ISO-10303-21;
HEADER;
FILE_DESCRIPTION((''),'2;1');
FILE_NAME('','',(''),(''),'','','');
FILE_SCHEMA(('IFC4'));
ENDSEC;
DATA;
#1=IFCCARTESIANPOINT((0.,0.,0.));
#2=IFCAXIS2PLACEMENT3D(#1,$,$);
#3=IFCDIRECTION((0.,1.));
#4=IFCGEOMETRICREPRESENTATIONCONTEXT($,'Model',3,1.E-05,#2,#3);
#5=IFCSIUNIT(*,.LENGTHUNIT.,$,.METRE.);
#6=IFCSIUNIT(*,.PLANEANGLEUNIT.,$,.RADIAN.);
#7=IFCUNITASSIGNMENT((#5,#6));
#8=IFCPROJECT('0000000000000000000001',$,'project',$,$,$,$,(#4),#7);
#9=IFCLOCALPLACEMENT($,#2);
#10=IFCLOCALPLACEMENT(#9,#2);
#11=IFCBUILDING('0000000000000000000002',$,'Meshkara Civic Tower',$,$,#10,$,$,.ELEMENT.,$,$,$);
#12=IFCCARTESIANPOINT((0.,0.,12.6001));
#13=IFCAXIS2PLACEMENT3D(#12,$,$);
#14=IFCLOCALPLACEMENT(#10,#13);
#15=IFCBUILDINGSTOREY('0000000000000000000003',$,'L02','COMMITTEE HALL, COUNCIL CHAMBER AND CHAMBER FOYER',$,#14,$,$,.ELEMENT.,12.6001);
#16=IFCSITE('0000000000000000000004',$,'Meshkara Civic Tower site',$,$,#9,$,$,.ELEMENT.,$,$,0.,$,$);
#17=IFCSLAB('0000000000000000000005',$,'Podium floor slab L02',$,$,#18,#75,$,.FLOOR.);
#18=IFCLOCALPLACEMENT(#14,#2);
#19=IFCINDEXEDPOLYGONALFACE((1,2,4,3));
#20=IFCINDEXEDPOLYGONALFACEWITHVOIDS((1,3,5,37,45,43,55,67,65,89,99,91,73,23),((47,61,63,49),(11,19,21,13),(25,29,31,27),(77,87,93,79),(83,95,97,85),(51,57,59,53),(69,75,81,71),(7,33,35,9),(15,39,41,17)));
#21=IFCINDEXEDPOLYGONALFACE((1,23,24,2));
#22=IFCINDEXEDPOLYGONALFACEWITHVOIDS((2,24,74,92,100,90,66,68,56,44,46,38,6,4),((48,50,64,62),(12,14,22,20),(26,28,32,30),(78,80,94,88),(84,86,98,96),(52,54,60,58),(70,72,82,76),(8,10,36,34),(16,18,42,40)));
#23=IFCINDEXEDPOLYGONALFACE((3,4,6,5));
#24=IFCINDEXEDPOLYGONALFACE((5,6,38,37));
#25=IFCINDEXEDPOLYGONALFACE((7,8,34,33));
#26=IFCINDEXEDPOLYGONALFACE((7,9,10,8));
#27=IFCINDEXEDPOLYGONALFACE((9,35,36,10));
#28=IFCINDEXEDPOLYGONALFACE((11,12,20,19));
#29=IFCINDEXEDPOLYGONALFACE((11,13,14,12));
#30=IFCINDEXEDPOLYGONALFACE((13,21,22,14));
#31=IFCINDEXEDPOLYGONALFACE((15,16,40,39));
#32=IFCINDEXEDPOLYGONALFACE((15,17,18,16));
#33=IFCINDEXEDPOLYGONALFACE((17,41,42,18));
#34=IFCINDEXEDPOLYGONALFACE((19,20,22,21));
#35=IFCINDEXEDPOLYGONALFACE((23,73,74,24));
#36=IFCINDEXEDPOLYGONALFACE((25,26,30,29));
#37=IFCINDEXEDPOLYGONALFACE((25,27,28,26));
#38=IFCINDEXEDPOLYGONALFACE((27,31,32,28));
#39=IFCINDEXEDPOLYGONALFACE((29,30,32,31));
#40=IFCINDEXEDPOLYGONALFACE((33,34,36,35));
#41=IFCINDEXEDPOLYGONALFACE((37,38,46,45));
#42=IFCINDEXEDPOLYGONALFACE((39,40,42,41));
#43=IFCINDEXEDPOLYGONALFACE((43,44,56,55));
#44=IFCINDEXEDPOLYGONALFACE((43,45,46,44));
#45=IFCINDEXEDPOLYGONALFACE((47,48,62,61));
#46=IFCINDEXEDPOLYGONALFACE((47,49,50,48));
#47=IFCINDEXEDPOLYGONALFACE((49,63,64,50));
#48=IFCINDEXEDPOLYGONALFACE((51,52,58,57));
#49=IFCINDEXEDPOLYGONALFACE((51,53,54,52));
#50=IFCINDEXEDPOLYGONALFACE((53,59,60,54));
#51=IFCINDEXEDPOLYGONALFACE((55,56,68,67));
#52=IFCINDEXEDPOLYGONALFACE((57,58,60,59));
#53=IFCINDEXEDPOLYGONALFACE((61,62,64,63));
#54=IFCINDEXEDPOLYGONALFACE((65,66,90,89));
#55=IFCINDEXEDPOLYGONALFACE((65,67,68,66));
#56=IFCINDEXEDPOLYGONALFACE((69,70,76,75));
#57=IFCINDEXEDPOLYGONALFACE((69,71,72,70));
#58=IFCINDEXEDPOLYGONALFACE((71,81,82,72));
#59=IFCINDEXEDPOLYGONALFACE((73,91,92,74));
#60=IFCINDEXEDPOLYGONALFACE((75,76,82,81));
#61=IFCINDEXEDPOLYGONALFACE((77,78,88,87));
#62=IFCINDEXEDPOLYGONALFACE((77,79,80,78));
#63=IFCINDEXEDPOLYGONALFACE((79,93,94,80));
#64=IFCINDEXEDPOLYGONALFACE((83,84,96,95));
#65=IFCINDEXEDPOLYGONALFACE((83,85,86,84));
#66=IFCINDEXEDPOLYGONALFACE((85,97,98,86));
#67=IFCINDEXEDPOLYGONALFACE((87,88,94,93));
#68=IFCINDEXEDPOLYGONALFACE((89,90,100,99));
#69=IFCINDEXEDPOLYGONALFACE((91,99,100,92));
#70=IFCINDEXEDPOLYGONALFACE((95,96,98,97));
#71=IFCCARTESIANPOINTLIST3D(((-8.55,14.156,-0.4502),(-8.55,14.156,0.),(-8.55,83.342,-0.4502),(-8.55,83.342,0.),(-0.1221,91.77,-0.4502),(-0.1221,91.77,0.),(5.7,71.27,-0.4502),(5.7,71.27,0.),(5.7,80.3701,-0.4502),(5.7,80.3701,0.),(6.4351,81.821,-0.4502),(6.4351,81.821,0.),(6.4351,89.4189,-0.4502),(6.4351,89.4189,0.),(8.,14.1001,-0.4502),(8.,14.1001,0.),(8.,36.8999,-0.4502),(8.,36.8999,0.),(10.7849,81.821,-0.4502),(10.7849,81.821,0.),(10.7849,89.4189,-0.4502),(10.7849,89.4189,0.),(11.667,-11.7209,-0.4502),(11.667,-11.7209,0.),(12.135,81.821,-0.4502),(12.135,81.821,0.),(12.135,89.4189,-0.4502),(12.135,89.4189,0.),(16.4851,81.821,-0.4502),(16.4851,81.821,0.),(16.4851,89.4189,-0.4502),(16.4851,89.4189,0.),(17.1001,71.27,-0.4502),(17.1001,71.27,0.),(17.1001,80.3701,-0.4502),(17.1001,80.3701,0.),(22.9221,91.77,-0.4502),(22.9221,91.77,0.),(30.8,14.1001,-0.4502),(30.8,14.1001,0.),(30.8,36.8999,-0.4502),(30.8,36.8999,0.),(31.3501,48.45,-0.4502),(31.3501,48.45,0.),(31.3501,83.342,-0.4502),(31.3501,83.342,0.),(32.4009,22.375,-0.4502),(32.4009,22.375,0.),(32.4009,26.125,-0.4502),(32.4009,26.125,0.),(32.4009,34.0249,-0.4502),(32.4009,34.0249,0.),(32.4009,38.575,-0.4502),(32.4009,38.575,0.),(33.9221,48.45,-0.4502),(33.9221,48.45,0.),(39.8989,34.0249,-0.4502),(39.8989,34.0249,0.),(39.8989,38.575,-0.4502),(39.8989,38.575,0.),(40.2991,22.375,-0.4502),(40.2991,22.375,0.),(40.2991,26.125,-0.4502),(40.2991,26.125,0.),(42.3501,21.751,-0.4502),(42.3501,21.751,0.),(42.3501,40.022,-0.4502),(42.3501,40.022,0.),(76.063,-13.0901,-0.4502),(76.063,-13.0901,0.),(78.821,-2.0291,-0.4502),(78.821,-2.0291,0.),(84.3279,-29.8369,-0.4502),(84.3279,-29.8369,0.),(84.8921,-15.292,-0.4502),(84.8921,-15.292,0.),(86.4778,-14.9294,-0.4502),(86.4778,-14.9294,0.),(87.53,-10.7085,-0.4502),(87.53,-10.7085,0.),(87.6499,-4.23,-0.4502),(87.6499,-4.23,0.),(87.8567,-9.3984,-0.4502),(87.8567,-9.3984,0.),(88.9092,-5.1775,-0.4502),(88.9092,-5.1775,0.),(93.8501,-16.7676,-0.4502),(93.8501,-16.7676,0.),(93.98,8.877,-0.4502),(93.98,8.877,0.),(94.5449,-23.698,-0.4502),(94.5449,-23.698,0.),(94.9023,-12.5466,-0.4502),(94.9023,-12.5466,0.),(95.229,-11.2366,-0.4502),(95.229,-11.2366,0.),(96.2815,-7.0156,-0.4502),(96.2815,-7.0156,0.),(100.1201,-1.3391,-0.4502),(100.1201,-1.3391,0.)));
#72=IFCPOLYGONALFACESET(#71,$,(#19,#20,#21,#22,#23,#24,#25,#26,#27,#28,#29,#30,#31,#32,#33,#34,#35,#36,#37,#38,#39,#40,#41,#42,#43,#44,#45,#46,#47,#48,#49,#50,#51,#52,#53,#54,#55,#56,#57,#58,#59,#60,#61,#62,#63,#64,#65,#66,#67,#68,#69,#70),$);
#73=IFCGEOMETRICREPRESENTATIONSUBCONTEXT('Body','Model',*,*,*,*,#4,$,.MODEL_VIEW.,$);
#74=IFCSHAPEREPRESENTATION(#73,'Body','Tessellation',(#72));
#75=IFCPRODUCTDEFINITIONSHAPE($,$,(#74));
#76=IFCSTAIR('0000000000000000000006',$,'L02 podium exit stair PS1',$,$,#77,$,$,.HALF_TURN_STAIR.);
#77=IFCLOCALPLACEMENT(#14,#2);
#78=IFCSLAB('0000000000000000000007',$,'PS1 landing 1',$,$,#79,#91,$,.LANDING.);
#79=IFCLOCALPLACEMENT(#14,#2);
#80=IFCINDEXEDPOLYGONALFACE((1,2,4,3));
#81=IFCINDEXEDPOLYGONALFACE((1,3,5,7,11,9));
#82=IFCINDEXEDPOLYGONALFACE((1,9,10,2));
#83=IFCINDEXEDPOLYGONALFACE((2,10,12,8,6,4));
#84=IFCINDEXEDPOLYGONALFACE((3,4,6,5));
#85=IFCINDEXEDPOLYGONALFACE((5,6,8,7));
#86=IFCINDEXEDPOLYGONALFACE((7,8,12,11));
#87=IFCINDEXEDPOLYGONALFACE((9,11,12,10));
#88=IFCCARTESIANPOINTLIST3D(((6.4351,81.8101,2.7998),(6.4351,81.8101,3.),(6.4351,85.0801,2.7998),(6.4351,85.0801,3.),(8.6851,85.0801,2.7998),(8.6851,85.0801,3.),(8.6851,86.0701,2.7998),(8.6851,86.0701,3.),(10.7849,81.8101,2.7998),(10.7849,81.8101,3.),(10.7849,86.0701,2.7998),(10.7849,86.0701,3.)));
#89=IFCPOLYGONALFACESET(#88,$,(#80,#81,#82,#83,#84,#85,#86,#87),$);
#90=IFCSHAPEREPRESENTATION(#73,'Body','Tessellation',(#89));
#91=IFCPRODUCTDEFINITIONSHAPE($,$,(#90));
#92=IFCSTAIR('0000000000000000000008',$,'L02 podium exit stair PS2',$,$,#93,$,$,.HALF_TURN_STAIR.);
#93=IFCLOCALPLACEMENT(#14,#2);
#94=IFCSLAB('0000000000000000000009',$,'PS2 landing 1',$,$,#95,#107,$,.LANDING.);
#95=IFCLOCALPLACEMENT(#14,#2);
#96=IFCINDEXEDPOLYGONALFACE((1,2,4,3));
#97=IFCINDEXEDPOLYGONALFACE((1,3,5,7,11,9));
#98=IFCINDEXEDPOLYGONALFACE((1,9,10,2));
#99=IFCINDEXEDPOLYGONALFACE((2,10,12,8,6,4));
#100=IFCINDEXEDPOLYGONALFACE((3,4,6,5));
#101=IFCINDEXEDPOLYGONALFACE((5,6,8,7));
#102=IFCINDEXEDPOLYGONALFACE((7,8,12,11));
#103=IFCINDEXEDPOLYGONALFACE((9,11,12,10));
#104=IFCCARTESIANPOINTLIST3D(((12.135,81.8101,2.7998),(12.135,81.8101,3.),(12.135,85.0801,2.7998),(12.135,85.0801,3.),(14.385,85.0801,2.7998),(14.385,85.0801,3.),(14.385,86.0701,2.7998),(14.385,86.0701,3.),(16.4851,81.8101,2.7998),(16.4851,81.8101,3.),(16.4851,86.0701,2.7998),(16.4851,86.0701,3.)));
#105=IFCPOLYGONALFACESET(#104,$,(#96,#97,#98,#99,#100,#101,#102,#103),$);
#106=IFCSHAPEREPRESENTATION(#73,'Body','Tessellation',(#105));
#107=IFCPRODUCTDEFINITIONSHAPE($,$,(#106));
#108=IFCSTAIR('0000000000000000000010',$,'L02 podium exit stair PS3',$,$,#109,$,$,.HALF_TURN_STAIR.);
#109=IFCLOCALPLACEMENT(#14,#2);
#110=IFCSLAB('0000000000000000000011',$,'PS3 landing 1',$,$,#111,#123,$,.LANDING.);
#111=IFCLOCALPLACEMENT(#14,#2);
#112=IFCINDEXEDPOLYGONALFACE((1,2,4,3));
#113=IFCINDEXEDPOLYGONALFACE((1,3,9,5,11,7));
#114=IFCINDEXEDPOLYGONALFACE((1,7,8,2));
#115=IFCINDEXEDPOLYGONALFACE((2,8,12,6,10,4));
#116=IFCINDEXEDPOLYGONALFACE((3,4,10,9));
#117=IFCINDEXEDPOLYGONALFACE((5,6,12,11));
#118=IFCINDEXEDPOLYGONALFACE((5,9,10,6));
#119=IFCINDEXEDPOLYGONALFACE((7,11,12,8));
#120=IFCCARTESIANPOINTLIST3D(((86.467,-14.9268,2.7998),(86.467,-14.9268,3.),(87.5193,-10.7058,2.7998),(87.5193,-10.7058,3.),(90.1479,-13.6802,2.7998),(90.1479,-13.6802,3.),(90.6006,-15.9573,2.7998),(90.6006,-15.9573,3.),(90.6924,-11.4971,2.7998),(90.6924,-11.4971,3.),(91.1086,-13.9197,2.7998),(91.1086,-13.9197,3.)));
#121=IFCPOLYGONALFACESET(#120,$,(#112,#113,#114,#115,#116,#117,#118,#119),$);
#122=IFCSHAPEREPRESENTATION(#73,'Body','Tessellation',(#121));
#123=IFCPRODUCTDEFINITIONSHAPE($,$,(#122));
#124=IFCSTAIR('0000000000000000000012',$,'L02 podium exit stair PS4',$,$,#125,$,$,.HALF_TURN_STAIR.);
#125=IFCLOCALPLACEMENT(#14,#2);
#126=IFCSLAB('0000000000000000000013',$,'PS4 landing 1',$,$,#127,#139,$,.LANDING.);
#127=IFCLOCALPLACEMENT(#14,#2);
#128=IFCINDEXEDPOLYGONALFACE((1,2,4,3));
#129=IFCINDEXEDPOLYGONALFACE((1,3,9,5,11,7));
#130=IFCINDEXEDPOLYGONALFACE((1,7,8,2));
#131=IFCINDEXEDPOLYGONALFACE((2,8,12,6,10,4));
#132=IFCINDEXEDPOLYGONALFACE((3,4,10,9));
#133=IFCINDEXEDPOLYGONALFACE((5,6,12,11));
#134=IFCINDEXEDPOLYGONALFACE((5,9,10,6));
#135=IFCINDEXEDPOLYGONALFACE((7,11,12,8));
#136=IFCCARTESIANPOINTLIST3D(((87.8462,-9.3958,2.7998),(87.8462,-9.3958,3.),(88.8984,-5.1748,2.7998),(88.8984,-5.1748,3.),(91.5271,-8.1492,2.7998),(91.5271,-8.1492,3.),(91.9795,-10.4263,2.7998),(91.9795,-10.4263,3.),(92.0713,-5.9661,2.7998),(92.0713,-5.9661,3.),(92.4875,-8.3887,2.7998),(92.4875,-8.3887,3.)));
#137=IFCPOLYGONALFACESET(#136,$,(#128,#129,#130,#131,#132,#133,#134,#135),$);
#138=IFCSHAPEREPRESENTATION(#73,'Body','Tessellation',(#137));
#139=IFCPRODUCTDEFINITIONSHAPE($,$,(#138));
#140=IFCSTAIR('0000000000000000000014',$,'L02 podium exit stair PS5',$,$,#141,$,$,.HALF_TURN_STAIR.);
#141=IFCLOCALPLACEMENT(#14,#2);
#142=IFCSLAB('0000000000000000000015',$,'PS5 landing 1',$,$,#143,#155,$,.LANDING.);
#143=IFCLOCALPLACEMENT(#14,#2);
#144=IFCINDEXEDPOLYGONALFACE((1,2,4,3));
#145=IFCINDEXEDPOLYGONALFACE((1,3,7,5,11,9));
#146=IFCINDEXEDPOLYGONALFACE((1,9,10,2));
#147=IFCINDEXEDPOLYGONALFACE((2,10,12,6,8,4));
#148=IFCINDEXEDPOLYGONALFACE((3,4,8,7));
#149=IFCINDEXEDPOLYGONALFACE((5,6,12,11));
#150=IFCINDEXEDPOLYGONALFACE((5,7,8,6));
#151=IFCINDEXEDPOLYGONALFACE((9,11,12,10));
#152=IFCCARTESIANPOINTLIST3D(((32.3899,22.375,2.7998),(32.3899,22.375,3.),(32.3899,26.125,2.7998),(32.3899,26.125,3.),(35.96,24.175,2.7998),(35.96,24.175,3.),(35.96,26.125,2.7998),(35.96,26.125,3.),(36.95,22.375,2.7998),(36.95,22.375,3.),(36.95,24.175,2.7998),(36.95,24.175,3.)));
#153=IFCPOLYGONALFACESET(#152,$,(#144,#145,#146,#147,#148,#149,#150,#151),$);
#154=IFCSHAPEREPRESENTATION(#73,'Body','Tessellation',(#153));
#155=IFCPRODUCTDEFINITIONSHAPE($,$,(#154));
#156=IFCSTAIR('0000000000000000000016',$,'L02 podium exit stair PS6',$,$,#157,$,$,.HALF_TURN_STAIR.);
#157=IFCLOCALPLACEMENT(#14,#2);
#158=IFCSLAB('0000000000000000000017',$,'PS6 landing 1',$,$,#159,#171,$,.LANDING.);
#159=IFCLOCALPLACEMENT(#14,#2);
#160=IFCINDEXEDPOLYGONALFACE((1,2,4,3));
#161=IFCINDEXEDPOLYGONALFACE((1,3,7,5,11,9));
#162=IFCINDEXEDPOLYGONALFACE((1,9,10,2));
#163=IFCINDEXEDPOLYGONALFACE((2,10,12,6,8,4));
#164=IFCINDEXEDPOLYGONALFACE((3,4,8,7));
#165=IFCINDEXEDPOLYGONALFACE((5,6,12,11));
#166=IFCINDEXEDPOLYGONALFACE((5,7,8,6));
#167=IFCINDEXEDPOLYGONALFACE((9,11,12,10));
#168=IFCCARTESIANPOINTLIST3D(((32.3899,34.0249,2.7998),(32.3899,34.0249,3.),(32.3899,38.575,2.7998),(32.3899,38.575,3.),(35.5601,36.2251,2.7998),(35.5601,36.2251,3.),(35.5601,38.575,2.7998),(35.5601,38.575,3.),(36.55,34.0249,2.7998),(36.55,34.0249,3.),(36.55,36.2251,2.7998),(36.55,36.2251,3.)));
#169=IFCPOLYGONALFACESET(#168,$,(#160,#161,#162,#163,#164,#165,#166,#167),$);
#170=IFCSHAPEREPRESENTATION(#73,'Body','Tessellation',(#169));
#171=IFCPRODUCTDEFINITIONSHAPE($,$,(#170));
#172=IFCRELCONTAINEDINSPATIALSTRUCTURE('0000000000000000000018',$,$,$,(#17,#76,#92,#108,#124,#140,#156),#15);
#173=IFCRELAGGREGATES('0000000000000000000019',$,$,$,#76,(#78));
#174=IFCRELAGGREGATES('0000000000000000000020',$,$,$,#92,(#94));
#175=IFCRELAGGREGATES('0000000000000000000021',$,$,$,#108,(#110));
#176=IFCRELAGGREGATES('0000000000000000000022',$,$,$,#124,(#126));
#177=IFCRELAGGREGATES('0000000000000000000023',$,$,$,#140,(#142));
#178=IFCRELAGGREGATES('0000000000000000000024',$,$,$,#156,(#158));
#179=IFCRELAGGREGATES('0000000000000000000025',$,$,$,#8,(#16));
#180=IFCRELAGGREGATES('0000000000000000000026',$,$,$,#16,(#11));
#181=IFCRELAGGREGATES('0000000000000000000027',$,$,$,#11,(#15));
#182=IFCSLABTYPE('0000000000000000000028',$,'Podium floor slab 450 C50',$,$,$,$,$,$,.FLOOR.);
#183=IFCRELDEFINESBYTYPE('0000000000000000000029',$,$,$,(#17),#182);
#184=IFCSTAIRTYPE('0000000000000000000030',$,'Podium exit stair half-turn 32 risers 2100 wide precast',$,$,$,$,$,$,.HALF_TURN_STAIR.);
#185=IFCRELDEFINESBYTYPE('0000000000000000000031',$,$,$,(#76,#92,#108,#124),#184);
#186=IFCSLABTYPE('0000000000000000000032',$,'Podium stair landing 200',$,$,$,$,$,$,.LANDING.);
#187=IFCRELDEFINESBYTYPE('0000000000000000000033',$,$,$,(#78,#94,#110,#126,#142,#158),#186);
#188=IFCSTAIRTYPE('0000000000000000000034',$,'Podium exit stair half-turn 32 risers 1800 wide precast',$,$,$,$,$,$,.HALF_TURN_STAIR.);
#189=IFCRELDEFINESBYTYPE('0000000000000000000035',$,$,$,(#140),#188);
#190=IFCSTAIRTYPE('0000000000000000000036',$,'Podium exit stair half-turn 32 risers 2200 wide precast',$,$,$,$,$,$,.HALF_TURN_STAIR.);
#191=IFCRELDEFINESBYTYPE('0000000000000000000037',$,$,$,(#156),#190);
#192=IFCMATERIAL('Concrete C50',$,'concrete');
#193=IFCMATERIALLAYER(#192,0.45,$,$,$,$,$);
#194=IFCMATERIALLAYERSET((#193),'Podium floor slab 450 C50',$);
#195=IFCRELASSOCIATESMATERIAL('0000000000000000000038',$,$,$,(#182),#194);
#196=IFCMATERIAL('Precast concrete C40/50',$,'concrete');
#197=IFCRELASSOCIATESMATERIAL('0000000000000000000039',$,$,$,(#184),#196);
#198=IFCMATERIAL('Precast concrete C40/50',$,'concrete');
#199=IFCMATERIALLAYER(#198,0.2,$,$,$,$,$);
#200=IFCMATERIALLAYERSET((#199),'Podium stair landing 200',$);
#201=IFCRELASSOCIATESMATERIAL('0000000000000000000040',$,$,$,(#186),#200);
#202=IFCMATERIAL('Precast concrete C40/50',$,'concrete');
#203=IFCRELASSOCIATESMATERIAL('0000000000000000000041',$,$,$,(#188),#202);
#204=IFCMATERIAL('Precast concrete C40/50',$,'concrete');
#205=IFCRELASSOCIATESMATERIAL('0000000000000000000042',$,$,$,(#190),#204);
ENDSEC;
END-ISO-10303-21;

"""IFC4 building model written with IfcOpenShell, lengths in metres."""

from ifc_helpers import new_model, si_unit, direction, frame, origin, place, context, subcontext, project, spatial, polyline, outline, extrude, material, layer, layer_set, type_object, element, aggregate, save


model = new_model("IFC4")

# Units and contexts
model_context = context("Model", 3, precision=1e-05, world=origin(), true_north=direction((0.0, 1.0)))
body_context = subcontext(model_context, "Body", "Model", "MODEL_VIEW")
ifc_project = project(units=[si_unit("LENGTHUNIT", "METRE"), si_unit("PLANEANGLEUNIT", "RADIAN")], contexts=[model_context])

# Site, building, storey
site_placement = place(None, origin())
site = spatial("IfcSite", under=ifc_project, at=site_placement, Name="Meshkara Civic Tower site", CompositionType="ELEMENT", RefElevation=0.0)
building_placement = place(site_placement, origin())
building = spatial("IfcBuilding", under=site, at=building_placement, Name="Meshkara Civic Tower", CompositionType="ELEMENT")
storey_placement = place(building_placement, frame((0.0, 0.0, 12.6001)))
storey = spatial("IfcBuildingStorey", under=building, at=storey_placement, Name="L02", Description="COMMITTEE HALL, COUNCIL CHAMBER AND CHAMBER FOYER", CompositionType="ELEMENT", Elevation=12.6001)

# Slab
ifc_material_1 = material(Name="Concrete C50", Category="concrete")
ifc_layer_1 = layer(ifc_material_1, 0.45)
ifc_layer_set_1 = layer_set([ifc_layer_1], Name="Podium floor slab 450 C50")
slab_type_1 = type_object("IfcSlabType", Name="Podium floor slab 450 C50", PredefinedType="FLOOR", material=ifc_layer_set_1)
slab_1_placement = place(storey_placement, frame((0.0, 0.0, -0.4502)))
element("IfcSlab", 1, at=slab_1_placement, inside=storey, type_object=slab_type_1, Name="Podium floor slab L02", PredefinedType="FLOOR", context=body_context, shape_type="SweptSolid", body=[
    extrude(outline(polyline([(33.9221, 48.45), (42.3501, 40.022), (42.3501, 21.751), (93.98, 8.877), (100.1201, -1.3391), (94.5449, -23.698), (84.3279, -29.8369), (11.667, -11.7209), (-8.55, 14.156), (-8.55, 83.342), (-0.1221, 91.77), (22.9221, 91.77), (31.3501, 83.342), (31.3501, 48.45), (33.9221, 48.45)]), holes=[polyline([(30.8, 14.1001), (30.8, 36.8999), (8.0, 36.8999), (8.0, 14.1001), (30.8, 14.1001)]), polyline([(17.1001, 80.3701), (5.7, 80.3701), (5.7, 71.27), (17.1001, 71.27), (17.1001, 80.3701)]), polyline([(10.7849, 81.821), (10.7849, 89.4189), (6.4351, 89.4189), (6.4351, 81.821), (10.7849, 81.821)]), polyline([(16.4851, 81.821), (16.4851, 89.4189), (12.135, 89.4189), (12.135, 81.821), (16.4851, 81.821)]), polyline([(93.8501, -16.7676), (94.9023, -12.5466), (87.53, -10.7085), (86.4778, -14.9294), (93.8501, -16.7676)]), polyline([(78.821, -2.0291), (76.063, -13.0901), (84.8921, -15.292), (87.6499, -4.23), (78.821, -2.0291)]), polyline([(95.229, -11.2366), (96.2815, -7.0156), (88.9092, -5.1775), (87.8567, -9.3984), (95.229, -11.2366)]), polyline([(32.4009, 22.375), (40.2991, 22.375), (40.2991, 26.125), (32.4009, 26.125), (32.4009, 22.375)]), polyline([(32.4009, 34.0249), (39.8989, 34.0249), (39.8989, 38.575), (32.4009, 38.575), (32.4009, 34.0249)])]), origin(), (0.0, 0.0, 1.0), 0.4502),
])

# Stairs, slabs
ifc_material_2 = material(Name="Precast concrete C40/50", Category="concrete")
stair_type_1 = type_object("IfcStairType", Name="Podium exit stair half-turn 32 risers 2100 wide precast", PredefinedType="HALF_TURN_STAIR", material=ifc_material_2)
stair_1_placement = place(storey_placement, origin())
stair_1 = element("IfcStair", 2, at=stair_1_placement, inside=storey, type_object=stair_type_1, Name="L02 podium exit stair PS1", PredefinedType="HALF_TURN_STAIR")
ifc_material_3 = material(Name="Precast concrete C40/50", Category="concrete")
ifc_layer_2 = layer(ifc_material_3, 0.2)
ifc_layer_set_2 = layer_set([ifc_layer_2], Name="Podium stair landing 200")
slab_type_2 = type_object("IfcSlabType", Name="Podium stair landing 200", PredefinedType="LANDING", material=ifc_layer_set_2)
slab_2_placement = place(storey_placement, frame((0.0, 0.0, 2.7998)))
slab_2 = element("IfcSlab", 3, at=slab_2_placement, type_object=slab_type_2, Name="PS1 landing 1", PredefinedType="LANDING", context=body_context, shape_type="SweptSolid", body=[
    extrude(outline(polyline([(10.7849, 81.8101), (6.4351, 81.8101), (6.4351, 85.0801), (8.6851, 85.0801), (8.6851, 86.0701), (10.7849, 86.0701), (10.7849, 81.8101)])), origin(), (0.0, 0.0, 1.0), 0.2002),
])
aggregate(stair_1, [slab_2])
stair_2_placement = place(storey_placement, origin())
stair_2 = element("IfcStair", 4, at=stair_2_placement, inside=storey, type_object=stair_type_1, Name="L02 podium exit stair PS2", PredefinedType="HALF_TURN_STAIR")
slab_3_placement = place(storey_placement, frame((0.0, 0.0, 2.7998)))
slab_3 = element("IfcSlab", 5, at=slab_3_placement, type_object=slab_type_2, Name="PS2 landing 1", PredefinedType="LANDING", context=body_context, shape_type="SweptSolid", body=[
    extrude(outline(polyline([(16.4851, 81.8101), (12.135, 81.8101), (12.135, 85.0801), (14.385, 85.0801), (14.385, 86.0701), (16.4851, 86.0701), (16.4851, 81.8101)])), origin(), (0.0, 0.0, 1.0), 0.2002),
])
aggregate(stair_2, [slab_3])
stair_3_placement = place(storey_placement, origin())
stair_3 = element("IfcStair", 6, at=stair_3_placement, inside=storey, type_object=stair_type_1, Name="L02 podium exit stair PS3", PredefinedType="HALF_TURN_STAIR")
slab_4_placement = place(storey_placement, frame((0.0, 0.0, 2.7998)))
slab_4 = element("IfcSlab", 7, at=slab_4_placement, type_object=slab_type_2, Name="PS3 landing 1", PredefinedType="LANDING", context=body_context, shape_type="SweptSolid", body=[
    extrude(outline(polyline([(91.1086, -13.9197), (90.6006, -15.9573), (86.467, -14.9268), (87.5193, -10.7058), (90.6924, -11.4971), (90.1479, -13.6802), (91.1086, -13.9197)])), origin(), (0.0, 0.0, 1.0), 0.2002),
])
aggregate(stair_3, [slab_4])
stair_4_placement = place(storey_placement, origin())
stair_4 = element("IfcStair", 8, at=stair_4_placement, inside=storey, type_object=stair_type_1, Name="L02 podium exit stair PS4", PredefinedType="HALF_TURN_STAIR")
slab_5_placement = place(storey_placement, frame((0.0, 0.0, 2.7998)))
slab_5 = element("IfcSlab", 9, at=slab_5_placement, type_object=slab_type_2, Name="PS4 landing 1", PredefinedType="LANDING", context=body_context, shape_type="SweptSolid", body=[
    extrude(outline(polyline([(92.4875, -8.3887), (91.9795, -10.4263), (87.8462, -9.3958), (88.8984, -5.1748), (92.0713, -5.9661), (91.5271, -8.1492), (92.4875, -8.3887)])), origin(), (0.0, 0.0, 1.0), 0.2002),
])
aggregate(stair_4, [slab_5])
ifc_material_4 = material(Name="Precast concrete C40/50", Category="concrete")
stair_type_2 = type_object("IfcStairType", Name="Podium exit stair half-turn 32 risers 1800 wide precast", PredefinedType="HALF_TURN_STAIR", material=ifc_material_4)
stair_5_placement = place(storey_placement, origin())
stair_5 = element("IfcStair", 10, at=stair_5_placement, inside=storey, type_object=stair_type_2, Name="L02 podium exit stair PS5", PredefinedType="HALF_TURN_STAIR")
slab_6_placement = place(storey_placement, frame((0.0, 0.0, 2.7998)))
slab_6 = element("IfcSlab", 11, at=slab_6_placement, type_object=slab_type_2, Name="PS5 landing 1", PredefinedType="LANDING", context=body_context, shape_type="SweptSolid", body=[
    extrude(outline(polyline([(36.95, 24.175), (36.95, 22.375), (32.3899, 22.375), (32.3899, 26.125), (35.96, 26.125), (35.96, 24.175), (36.95, 24.175)])), origin(), (0.0, 0.0, 1.0), 0.2002),
])
aggregate(stair_5, [slab_6])
ifc_material_5 = material(Name="Precast concrete C40/50", Category="concrete")
stair_type_3 = type_object("IfcStairType", Name="Podium exit stair half-turn 32 risers 2200 wide precast", PredefinedType="HALF_TURN_STAIR", material=ifc_material_5)
stair_6_placement = place(storey_placement, origin())
stair_6 = element("IfcStair", 12, at=stair_6_placement, inside=storey, type_object=stair_type_3, Name="L02 podium exit stair PS6", PredefinedType="HALF_TURN_STAIR")
slab_7_placement = place(storey_placement, frame((0.0, 0.0, 2.7998)))
slab_7 = element("IfcSlab", 13, at=slab_7_placement, type_object=slab_type_2, Name="PS6 landing 1", PredefinedType="LANDING", context=body_context, shape_type="SweptSolid", body=[
    extrude(outline(polyline([(36.55, 36.2251), (36.55, 34.0249), (32.3899, 34.0249), (32.3899, 38.575), (35.5601, 38.575), (35.5601, 36.2251), (36.55, 36.2251)])), origin(), (0.0, 0.0, 1.0), 0.2002),
])
aggregate(stair_6, [slab_7])

save(model, "model.ifc")
